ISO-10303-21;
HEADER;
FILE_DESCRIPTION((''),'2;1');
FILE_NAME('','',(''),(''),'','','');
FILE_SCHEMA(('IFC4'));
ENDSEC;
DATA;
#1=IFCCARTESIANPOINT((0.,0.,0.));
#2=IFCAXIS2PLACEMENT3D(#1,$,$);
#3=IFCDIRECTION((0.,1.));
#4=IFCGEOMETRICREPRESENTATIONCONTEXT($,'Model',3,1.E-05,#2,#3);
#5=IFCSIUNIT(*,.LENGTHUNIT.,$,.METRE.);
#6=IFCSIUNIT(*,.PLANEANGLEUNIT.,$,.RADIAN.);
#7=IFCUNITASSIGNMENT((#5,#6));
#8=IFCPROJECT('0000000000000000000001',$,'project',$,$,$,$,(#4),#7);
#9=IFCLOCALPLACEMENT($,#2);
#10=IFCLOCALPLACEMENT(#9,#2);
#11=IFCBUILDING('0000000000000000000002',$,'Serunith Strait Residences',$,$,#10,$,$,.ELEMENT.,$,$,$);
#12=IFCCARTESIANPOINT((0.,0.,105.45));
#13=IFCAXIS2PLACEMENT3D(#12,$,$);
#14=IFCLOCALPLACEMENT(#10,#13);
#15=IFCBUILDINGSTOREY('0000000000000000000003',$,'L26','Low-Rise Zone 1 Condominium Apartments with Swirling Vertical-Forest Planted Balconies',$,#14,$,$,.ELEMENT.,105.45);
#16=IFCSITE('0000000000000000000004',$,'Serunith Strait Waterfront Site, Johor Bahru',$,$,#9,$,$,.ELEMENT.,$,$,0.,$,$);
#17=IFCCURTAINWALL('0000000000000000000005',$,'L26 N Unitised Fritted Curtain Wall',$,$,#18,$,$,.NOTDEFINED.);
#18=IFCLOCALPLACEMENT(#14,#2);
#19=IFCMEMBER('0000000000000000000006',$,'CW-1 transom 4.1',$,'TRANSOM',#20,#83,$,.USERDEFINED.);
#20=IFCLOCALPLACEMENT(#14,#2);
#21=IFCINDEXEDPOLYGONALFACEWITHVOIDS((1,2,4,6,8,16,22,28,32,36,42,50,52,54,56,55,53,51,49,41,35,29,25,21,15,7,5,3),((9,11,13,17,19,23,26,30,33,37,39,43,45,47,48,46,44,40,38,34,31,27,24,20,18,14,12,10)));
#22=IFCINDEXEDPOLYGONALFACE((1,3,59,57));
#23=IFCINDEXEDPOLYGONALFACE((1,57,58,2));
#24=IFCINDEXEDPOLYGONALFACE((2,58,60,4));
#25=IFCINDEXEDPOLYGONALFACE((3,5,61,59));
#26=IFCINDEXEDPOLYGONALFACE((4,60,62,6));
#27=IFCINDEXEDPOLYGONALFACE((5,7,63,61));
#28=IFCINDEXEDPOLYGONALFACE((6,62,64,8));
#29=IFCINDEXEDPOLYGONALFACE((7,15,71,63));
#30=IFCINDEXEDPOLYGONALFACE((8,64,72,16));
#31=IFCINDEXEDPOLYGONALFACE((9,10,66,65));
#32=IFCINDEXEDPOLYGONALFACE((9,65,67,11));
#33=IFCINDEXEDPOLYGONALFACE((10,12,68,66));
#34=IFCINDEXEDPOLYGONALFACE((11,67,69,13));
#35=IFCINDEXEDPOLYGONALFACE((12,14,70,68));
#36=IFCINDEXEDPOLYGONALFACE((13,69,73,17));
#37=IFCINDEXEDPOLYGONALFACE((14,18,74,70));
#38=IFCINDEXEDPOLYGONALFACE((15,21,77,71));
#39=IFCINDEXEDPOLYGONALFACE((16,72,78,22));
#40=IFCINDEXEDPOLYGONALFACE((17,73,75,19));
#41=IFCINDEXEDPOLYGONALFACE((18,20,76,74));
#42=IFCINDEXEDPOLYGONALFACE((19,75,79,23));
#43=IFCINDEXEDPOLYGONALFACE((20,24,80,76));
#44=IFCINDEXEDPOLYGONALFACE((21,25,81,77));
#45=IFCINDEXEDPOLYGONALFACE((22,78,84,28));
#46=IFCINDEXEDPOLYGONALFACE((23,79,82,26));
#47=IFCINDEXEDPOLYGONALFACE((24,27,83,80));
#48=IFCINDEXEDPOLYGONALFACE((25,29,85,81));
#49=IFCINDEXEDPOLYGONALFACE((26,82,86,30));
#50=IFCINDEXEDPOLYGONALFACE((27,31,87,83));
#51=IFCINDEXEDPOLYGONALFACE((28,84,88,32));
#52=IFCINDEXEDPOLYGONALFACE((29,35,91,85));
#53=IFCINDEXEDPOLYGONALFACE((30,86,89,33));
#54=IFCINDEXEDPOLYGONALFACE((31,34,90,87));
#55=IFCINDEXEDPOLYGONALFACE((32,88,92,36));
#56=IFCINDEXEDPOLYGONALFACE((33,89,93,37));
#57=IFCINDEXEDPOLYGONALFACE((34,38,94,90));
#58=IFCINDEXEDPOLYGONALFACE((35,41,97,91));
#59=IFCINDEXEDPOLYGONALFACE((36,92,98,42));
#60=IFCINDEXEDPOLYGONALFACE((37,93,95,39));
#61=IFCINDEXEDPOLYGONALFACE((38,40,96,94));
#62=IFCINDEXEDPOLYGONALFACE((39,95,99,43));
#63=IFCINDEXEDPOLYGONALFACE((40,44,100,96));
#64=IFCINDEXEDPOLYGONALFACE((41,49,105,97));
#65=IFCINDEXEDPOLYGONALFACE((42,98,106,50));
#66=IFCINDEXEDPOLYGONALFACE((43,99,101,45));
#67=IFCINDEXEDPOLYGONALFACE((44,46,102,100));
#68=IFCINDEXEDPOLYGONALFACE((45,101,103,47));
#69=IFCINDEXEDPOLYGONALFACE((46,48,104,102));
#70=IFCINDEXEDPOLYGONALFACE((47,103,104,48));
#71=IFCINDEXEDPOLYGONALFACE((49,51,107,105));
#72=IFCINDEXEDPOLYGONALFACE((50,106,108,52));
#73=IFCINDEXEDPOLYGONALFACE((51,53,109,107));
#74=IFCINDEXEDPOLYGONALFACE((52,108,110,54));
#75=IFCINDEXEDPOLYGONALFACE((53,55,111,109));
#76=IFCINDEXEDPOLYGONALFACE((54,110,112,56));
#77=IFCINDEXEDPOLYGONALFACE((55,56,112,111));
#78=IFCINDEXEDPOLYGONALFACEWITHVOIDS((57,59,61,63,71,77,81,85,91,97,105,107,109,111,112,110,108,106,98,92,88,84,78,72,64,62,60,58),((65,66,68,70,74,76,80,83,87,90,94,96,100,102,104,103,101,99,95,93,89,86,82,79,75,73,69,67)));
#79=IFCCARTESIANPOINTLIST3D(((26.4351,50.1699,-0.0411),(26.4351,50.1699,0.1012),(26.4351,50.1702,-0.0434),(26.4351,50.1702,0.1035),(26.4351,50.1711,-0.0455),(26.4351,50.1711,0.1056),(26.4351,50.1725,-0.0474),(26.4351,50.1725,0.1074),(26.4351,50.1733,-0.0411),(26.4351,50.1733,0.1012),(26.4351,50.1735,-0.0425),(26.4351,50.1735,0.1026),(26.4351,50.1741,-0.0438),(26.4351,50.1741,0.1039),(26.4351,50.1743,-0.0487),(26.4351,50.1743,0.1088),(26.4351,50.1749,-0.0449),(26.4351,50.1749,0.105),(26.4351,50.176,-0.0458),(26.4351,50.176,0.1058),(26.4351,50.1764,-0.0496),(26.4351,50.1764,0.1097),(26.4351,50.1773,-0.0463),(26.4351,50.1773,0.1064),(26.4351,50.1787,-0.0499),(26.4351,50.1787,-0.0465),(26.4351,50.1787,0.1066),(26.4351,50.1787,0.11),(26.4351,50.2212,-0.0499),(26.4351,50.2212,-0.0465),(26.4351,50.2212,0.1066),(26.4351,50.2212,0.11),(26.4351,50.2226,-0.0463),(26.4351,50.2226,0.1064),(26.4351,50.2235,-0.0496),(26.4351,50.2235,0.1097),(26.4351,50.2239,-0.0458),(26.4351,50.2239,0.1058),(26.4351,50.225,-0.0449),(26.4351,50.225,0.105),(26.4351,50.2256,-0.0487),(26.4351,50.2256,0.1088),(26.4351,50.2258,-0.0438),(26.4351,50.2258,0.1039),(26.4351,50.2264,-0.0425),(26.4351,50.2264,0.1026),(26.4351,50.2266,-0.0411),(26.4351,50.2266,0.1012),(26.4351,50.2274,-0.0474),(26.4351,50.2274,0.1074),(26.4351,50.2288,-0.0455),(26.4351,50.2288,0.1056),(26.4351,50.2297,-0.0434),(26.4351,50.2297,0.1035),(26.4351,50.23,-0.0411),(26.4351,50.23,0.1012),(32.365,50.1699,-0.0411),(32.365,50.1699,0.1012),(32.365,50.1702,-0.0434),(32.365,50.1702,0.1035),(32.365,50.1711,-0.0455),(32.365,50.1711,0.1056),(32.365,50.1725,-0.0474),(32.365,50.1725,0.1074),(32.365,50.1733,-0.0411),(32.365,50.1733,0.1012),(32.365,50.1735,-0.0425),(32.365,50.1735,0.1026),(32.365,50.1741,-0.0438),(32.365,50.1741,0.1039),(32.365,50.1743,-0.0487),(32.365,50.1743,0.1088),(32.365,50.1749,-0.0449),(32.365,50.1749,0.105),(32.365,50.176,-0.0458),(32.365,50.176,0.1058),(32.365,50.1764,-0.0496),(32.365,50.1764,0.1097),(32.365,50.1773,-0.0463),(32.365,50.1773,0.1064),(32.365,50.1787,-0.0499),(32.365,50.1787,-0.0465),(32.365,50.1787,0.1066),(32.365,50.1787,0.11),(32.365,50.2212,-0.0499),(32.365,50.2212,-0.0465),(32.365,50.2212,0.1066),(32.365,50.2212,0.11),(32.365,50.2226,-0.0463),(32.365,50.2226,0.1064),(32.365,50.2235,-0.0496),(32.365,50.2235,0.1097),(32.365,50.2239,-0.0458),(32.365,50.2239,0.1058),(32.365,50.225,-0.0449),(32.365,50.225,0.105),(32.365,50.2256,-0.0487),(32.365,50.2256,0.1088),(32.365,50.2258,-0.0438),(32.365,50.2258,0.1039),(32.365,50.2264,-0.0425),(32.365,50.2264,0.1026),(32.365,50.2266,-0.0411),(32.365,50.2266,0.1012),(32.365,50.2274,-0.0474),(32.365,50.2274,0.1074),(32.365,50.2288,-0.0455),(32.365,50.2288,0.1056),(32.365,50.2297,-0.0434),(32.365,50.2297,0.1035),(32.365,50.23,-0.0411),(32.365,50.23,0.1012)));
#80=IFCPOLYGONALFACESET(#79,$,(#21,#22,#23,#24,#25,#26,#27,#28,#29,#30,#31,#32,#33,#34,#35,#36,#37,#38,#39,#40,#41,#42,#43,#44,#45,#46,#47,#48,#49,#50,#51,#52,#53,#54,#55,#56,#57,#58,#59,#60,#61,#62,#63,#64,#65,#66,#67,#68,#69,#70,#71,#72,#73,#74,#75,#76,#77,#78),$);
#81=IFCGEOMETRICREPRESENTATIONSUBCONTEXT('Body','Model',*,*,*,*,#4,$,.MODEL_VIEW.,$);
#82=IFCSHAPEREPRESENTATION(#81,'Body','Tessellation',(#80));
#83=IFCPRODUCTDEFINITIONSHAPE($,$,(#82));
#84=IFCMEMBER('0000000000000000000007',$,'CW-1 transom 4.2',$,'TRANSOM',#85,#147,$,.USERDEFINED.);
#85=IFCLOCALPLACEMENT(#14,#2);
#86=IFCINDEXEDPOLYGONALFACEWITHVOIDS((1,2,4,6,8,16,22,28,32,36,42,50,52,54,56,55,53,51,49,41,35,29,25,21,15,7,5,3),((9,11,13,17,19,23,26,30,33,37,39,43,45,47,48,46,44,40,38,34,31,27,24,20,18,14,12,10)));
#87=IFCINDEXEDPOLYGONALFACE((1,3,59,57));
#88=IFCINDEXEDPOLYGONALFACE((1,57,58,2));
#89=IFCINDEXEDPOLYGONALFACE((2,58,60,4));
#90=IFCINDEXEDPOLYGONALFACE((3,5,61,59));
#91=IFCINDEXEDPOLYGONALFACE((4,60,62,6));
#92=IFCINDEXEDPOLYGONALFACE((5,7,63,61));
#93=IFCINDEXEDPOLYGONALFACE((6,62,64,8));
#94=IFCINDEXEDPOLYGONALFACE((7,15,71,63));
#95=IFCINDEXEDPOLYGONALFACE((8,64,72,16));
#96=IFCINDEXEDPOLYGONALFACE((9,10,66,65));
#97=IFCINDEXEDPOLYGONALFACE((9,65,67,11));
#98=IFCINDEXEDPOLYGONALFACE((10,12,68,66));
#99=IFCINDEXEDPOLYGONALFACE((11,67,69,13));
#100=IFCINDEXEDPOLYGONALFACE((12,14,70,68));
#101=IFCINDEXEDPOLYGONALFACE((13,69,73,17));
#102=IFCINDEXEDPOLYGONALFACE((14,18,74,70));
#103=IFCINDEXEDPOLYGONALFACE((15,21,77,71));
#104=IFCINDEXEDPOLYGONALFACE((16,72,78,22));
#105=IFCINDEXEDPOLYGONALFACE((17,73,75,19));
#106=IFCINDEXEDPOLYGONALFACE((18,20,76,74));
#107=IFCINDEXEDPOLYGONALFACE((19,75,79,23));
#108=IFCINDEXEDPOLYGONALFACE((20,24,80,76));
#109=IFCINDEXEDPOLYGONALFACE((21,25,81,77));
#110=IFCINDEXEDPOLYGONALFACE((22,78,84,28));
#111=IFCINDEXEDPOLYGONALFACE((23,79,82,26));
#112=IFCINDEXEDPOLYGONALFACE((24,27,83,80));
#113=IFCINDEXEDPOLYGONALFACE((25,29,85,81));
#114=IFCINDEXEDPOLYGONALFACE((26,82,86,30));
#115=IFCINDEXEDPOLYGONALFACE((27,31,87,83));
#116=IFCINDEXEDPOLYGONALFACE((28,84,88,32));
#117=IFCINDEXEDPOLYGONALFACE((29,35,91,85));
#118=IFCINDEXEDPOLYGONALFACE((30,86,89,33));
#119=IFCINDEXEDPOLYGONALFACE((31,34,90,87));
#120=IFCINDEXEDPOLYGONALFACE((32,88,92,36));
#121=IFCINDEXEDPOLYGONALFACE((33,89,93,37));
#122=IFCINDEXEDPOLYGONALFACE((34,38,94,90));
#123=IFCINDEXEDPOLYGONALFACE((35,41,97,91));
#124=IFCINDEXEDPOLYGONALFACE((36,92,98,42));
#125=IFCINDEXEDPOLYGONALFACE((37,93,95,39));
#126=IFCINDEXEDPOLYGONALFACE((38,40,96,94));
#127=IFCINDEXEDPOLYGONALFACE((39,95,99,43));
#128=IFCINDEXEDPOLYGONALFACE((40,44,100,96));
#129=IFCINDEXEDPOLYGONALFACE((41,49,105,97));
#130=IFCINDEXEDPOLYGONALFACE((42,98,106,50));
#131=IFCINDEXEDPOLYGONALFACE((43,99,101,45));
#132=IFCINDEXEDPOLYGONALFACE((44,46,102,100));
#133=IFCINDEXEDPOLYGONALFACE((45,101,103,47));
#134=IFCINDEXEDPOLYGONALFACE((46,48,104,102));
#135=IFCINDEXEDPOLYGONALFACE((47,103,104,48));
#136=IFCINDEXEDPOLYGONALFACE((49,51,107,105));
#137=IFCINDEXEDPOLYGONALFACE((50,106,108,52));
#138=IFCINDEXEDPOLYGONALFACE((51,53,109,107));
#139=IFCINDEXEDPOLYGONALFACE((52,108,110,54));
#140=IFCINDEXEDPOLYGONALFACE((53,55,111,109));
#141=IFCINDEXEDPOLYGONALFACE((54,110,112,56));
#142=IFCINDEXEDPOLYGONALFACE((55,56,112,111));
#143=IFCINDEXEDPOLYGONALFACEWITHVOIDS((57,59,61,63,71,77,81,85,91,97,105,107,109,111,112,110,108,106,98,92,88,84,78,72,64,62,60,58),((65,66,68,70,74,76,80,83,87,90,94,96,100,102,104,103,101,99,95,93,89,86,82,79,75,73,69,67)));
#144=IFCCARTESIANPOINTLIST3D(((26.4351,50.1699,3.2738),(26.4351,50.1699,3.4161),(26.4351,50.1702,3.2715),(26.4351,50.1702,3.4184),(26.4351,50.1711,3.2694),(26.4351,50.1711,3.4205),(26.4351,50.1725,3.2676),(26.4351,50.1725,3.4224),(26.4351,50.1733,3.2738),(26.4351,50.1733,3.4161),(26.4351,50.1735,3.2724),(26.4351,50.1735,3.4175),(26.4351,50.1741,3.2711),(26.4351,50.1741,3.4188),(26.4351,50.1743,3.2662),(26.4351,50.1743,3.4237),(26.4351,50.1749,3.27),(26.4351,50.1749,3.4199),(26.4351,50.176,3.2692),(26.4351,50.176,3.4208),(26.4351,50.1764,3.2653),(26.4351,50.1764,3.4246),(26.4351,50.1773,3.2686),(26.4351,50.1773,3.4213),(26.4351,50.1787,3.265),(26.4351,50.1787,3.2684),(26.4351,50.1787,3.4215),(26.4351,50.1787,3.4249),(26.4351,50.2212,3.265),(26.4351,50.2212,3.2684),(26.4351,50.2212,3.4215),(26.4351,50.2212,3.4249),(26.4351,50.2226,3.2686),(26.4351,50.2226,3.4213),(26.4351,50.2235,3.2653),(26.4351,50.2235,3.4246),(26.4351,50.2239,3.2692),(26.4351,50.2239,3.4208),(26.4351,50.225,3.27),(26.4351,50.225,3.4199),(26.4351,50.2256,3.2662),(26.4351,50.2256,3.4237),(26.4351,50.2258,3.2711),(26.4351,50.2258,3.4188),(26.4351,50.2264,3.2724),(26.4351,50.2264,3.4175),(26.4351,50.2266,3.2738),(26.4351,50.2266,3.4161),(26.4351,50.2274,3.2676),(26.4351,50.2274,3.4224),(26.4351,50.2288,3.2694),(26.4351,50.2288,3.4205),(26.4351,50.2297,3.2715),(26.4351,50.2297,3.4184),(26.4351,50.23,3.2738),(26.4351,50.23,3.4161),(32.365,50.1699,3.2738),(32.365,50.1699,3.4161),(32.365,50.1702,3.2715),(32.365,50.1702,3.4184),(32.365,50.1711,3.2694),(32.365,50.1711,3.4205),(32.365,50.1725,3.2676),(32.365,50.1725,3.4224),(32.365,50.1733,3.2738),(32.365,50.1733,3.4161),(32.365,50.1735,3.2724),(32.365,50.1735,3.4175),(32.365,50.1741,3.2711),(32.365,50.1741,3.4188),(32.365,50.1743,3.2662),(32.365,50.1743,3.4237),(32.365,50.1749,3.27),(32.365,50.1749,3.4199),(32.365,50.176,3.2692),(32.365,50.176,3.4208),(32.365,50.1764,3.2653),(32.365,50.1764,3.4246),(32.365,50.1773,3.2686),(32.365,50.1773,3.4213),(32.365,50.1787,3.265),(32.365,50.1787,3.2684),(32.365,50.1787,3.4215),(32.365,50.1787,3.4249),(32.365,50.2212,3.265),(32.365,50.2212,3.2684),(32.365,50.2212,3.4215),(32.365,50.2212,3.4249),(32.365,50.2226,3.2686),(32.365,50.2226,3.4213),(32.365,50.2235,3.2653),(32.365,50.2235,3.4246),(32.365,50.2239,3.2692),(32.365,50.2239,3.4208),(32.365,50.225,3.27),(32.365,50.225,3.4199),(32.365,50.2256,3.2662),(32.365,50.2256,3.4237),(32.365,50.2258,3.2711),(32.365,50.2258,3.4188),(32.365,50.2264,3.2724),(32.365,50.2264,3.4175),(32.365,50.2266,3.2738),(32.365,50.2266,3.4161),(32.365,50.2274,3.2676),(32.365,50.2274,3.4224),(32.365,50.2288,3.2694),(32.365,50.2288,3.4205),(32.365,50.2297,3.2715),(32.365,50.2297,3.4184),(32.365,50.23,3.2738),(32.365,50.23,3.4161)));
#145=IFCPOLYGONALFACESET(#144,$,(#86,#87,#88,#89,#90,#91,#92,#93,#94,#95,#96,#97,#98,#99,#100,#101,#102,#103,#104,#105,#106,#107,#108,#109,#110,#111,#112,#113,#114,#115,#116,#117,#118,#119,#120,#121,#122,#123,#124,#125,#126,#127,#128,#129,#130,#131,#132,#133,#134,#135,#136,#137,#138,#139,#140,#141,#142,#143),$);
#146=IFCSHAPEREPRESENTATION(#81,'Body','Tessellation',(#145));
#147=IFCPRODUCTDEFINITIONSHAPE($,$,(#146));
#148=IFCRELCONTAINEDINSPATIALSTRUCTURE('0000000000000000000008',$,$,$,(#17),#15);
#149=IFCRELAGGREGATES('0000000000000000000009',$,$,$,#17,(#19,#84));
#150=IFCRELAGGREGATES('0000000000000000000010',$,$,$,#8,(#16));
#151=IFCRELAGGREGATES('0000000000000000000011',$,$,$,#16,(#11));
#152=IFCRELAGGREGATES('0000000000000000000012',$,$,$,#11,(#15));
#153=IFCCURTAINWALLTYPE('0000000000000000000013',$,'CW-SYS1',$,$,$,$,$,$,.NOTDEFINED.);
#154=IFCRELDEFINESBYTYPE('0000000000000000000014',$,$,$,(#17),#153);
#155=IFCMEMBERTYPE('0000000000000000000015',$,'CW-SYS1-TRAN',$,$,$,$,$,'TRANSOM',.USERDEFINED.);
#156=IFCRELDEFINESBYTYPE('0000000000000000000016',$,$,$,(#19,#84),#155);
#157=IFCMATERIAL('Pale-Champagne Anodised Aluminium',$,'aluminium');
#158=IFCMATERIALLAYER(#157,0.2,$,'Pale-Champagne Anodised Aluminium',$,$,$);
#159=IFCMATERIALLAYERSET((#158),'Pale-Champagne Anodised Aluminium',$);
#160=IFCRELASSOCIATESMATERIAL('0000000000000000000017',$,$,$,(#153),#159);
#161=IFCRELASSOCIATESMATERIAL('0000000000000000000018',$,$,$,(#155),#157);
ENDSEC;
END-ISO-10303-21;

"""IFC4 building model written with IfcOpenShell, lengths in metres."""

from ifc_helpers import new_model, si_unit, direction, frame, origin, origin_2d, place, context, subcontext, project, spatial, hollow_rectangle, extrude, source, transform, mapped, material, layer, layer_set, material_profile, profile_set, type_object, element, aggregate, save


model = new_model("IFC4")

# Units and contexts
model_context = context("Model", 3, precision=1e-05, world=origin(), true_north=direction((0.0, 1.0)))
body_context = subcontext(model_context, "Body", "Model", "MODEL_VIEW")
ifc_project = project(units=[si_unit("LENGTHUNIT", "METRE"), si_unit("PLANEANGLEUNIT", "RADIAN")], contexts=[model_context])

# Site, building, storey
site_placement = place(None, origin())
site = spatial("IfcSite", under=ifc_project, at=site_placement, Name="Serunith Strait Waterfront Site, Johor Bahru", CompositionType="ELEMENT", RefElevation=0.0)
building_placement = place(site_placement, origin())
building = spatial("IfcBuilding", under=site, at=building_placement, Name="Serunith Strait Residences", CompositionType="ELEMENT")
storey_placement = place(building_placement, frame((0.0, 0.0, 105.45)))
storey = spatial("IfcBuildingStorey", under=building, at=storey_placement, Name="L26", Description="Low-Rise Zone 1 Condominium Apartments with Swirling Vertical-Forest Planted Balconies", CompositionType="ELEMENT", Elevation=105.45)

# Curtain wall, members
ifc_material_1 = material(Name="Pale-Champagne Anodised Aluminium", Category="aluminium")
ifc_layer_1 = layer(ifc_material_1, 0.2, Name="Pale-Champagne Anodised Aluminium")
ifc_layer_set_1 = layer_set([ifc_layer_1], Name="Pale-Champagne Anodised Aluminium")
curtain_wall_type = type_object("IfcCurtainWallType", Name="CW-SYS1", PredefinedType="NOTDEFINED", material=ifc_layer_set_1)
curtain_wall_placement = place(storey_placement, origin())
curtain_wall = element("IfcCurtainWall", 1, at=curtain_wall_placement, inside=storey, type_object=curtain_wall_type, Name="L26 N Unitised Fritted Curtain Wall", PredefinedType="NOTDEFINED")
ifc_material_profile_1 = material_profile(ifc_material_1, hollow_rectangle(XDim=0.0601, YDim=0.1599, WallThickness=0.0034, InnerFilletRadius=0.0054, OuterFilletRadius=0.0088, at=origin_2d()), Name="ALU 160x60x3.5")
ifc_profile_set_1 = profile_set([ifc_material_profile_1], Name="Pale-Champagne Anodised Aluminium")
member_type_1 = type_object("IfcMemberType", Name="CW-SYS1-TRAN", ElementType="TRANSOM", PredefinedType="USERDEFINED", material=ifc_profile_set_1)
shared_shape_1 = source(origin(), body_context, "Body", "SweptSolid", [
    extrude(hollow_rectangle(XDim=0.0601, YDim=0.1599, WallThickness=0.0034, InnerFilletRadius=0.0054, OuterFilletRadius=0.0088, at=origin_2d()), origin(), (0.0, 0.0, 1.0), 5.9299),
])
member_1_placement = place(storey_placement, frame((32.365, 50.2, 0.03), z_axis=(-1.0, 0.0, 0.0), x_axis=(0.0, -1.0, 0.0)))
member_1 = element("IfcMember", 2, at=member_1_placement, type_object=member_type_1, Name="CW-1 transom 4.1", ObjectType="TRANSOM", PredefinedType="USERDEFINED", context=body_context, shape_type="MappedRepresentation", body=[
    mapped(shared_shape_1, transform((0.0, 0.0, 0.0), scale=1.0)),
])
member_2_placement = place(storey_placement, frame((32.365, 50.2, 3.345), z_axis=(-1.0, 0.0, 0.0), x_axis=(0.0, -1.0, 0.0)))
member_2 = element("IfcMember", 3, at=member_2_placement, type_object=member_type_1, Name="CW-1 transom 4.2", ObjectType="TRANSOM", PredefinedType="USERDEFINED", context=body_context, shape_type="MappedRepresentation", body=[
    mapped(shared_shape_1, transform((0.0, 0.0, 0.0), scale=1.0)),
])
aggregate(curtain_wall, [member_1, member_2])

save(model, "model.ifc")
